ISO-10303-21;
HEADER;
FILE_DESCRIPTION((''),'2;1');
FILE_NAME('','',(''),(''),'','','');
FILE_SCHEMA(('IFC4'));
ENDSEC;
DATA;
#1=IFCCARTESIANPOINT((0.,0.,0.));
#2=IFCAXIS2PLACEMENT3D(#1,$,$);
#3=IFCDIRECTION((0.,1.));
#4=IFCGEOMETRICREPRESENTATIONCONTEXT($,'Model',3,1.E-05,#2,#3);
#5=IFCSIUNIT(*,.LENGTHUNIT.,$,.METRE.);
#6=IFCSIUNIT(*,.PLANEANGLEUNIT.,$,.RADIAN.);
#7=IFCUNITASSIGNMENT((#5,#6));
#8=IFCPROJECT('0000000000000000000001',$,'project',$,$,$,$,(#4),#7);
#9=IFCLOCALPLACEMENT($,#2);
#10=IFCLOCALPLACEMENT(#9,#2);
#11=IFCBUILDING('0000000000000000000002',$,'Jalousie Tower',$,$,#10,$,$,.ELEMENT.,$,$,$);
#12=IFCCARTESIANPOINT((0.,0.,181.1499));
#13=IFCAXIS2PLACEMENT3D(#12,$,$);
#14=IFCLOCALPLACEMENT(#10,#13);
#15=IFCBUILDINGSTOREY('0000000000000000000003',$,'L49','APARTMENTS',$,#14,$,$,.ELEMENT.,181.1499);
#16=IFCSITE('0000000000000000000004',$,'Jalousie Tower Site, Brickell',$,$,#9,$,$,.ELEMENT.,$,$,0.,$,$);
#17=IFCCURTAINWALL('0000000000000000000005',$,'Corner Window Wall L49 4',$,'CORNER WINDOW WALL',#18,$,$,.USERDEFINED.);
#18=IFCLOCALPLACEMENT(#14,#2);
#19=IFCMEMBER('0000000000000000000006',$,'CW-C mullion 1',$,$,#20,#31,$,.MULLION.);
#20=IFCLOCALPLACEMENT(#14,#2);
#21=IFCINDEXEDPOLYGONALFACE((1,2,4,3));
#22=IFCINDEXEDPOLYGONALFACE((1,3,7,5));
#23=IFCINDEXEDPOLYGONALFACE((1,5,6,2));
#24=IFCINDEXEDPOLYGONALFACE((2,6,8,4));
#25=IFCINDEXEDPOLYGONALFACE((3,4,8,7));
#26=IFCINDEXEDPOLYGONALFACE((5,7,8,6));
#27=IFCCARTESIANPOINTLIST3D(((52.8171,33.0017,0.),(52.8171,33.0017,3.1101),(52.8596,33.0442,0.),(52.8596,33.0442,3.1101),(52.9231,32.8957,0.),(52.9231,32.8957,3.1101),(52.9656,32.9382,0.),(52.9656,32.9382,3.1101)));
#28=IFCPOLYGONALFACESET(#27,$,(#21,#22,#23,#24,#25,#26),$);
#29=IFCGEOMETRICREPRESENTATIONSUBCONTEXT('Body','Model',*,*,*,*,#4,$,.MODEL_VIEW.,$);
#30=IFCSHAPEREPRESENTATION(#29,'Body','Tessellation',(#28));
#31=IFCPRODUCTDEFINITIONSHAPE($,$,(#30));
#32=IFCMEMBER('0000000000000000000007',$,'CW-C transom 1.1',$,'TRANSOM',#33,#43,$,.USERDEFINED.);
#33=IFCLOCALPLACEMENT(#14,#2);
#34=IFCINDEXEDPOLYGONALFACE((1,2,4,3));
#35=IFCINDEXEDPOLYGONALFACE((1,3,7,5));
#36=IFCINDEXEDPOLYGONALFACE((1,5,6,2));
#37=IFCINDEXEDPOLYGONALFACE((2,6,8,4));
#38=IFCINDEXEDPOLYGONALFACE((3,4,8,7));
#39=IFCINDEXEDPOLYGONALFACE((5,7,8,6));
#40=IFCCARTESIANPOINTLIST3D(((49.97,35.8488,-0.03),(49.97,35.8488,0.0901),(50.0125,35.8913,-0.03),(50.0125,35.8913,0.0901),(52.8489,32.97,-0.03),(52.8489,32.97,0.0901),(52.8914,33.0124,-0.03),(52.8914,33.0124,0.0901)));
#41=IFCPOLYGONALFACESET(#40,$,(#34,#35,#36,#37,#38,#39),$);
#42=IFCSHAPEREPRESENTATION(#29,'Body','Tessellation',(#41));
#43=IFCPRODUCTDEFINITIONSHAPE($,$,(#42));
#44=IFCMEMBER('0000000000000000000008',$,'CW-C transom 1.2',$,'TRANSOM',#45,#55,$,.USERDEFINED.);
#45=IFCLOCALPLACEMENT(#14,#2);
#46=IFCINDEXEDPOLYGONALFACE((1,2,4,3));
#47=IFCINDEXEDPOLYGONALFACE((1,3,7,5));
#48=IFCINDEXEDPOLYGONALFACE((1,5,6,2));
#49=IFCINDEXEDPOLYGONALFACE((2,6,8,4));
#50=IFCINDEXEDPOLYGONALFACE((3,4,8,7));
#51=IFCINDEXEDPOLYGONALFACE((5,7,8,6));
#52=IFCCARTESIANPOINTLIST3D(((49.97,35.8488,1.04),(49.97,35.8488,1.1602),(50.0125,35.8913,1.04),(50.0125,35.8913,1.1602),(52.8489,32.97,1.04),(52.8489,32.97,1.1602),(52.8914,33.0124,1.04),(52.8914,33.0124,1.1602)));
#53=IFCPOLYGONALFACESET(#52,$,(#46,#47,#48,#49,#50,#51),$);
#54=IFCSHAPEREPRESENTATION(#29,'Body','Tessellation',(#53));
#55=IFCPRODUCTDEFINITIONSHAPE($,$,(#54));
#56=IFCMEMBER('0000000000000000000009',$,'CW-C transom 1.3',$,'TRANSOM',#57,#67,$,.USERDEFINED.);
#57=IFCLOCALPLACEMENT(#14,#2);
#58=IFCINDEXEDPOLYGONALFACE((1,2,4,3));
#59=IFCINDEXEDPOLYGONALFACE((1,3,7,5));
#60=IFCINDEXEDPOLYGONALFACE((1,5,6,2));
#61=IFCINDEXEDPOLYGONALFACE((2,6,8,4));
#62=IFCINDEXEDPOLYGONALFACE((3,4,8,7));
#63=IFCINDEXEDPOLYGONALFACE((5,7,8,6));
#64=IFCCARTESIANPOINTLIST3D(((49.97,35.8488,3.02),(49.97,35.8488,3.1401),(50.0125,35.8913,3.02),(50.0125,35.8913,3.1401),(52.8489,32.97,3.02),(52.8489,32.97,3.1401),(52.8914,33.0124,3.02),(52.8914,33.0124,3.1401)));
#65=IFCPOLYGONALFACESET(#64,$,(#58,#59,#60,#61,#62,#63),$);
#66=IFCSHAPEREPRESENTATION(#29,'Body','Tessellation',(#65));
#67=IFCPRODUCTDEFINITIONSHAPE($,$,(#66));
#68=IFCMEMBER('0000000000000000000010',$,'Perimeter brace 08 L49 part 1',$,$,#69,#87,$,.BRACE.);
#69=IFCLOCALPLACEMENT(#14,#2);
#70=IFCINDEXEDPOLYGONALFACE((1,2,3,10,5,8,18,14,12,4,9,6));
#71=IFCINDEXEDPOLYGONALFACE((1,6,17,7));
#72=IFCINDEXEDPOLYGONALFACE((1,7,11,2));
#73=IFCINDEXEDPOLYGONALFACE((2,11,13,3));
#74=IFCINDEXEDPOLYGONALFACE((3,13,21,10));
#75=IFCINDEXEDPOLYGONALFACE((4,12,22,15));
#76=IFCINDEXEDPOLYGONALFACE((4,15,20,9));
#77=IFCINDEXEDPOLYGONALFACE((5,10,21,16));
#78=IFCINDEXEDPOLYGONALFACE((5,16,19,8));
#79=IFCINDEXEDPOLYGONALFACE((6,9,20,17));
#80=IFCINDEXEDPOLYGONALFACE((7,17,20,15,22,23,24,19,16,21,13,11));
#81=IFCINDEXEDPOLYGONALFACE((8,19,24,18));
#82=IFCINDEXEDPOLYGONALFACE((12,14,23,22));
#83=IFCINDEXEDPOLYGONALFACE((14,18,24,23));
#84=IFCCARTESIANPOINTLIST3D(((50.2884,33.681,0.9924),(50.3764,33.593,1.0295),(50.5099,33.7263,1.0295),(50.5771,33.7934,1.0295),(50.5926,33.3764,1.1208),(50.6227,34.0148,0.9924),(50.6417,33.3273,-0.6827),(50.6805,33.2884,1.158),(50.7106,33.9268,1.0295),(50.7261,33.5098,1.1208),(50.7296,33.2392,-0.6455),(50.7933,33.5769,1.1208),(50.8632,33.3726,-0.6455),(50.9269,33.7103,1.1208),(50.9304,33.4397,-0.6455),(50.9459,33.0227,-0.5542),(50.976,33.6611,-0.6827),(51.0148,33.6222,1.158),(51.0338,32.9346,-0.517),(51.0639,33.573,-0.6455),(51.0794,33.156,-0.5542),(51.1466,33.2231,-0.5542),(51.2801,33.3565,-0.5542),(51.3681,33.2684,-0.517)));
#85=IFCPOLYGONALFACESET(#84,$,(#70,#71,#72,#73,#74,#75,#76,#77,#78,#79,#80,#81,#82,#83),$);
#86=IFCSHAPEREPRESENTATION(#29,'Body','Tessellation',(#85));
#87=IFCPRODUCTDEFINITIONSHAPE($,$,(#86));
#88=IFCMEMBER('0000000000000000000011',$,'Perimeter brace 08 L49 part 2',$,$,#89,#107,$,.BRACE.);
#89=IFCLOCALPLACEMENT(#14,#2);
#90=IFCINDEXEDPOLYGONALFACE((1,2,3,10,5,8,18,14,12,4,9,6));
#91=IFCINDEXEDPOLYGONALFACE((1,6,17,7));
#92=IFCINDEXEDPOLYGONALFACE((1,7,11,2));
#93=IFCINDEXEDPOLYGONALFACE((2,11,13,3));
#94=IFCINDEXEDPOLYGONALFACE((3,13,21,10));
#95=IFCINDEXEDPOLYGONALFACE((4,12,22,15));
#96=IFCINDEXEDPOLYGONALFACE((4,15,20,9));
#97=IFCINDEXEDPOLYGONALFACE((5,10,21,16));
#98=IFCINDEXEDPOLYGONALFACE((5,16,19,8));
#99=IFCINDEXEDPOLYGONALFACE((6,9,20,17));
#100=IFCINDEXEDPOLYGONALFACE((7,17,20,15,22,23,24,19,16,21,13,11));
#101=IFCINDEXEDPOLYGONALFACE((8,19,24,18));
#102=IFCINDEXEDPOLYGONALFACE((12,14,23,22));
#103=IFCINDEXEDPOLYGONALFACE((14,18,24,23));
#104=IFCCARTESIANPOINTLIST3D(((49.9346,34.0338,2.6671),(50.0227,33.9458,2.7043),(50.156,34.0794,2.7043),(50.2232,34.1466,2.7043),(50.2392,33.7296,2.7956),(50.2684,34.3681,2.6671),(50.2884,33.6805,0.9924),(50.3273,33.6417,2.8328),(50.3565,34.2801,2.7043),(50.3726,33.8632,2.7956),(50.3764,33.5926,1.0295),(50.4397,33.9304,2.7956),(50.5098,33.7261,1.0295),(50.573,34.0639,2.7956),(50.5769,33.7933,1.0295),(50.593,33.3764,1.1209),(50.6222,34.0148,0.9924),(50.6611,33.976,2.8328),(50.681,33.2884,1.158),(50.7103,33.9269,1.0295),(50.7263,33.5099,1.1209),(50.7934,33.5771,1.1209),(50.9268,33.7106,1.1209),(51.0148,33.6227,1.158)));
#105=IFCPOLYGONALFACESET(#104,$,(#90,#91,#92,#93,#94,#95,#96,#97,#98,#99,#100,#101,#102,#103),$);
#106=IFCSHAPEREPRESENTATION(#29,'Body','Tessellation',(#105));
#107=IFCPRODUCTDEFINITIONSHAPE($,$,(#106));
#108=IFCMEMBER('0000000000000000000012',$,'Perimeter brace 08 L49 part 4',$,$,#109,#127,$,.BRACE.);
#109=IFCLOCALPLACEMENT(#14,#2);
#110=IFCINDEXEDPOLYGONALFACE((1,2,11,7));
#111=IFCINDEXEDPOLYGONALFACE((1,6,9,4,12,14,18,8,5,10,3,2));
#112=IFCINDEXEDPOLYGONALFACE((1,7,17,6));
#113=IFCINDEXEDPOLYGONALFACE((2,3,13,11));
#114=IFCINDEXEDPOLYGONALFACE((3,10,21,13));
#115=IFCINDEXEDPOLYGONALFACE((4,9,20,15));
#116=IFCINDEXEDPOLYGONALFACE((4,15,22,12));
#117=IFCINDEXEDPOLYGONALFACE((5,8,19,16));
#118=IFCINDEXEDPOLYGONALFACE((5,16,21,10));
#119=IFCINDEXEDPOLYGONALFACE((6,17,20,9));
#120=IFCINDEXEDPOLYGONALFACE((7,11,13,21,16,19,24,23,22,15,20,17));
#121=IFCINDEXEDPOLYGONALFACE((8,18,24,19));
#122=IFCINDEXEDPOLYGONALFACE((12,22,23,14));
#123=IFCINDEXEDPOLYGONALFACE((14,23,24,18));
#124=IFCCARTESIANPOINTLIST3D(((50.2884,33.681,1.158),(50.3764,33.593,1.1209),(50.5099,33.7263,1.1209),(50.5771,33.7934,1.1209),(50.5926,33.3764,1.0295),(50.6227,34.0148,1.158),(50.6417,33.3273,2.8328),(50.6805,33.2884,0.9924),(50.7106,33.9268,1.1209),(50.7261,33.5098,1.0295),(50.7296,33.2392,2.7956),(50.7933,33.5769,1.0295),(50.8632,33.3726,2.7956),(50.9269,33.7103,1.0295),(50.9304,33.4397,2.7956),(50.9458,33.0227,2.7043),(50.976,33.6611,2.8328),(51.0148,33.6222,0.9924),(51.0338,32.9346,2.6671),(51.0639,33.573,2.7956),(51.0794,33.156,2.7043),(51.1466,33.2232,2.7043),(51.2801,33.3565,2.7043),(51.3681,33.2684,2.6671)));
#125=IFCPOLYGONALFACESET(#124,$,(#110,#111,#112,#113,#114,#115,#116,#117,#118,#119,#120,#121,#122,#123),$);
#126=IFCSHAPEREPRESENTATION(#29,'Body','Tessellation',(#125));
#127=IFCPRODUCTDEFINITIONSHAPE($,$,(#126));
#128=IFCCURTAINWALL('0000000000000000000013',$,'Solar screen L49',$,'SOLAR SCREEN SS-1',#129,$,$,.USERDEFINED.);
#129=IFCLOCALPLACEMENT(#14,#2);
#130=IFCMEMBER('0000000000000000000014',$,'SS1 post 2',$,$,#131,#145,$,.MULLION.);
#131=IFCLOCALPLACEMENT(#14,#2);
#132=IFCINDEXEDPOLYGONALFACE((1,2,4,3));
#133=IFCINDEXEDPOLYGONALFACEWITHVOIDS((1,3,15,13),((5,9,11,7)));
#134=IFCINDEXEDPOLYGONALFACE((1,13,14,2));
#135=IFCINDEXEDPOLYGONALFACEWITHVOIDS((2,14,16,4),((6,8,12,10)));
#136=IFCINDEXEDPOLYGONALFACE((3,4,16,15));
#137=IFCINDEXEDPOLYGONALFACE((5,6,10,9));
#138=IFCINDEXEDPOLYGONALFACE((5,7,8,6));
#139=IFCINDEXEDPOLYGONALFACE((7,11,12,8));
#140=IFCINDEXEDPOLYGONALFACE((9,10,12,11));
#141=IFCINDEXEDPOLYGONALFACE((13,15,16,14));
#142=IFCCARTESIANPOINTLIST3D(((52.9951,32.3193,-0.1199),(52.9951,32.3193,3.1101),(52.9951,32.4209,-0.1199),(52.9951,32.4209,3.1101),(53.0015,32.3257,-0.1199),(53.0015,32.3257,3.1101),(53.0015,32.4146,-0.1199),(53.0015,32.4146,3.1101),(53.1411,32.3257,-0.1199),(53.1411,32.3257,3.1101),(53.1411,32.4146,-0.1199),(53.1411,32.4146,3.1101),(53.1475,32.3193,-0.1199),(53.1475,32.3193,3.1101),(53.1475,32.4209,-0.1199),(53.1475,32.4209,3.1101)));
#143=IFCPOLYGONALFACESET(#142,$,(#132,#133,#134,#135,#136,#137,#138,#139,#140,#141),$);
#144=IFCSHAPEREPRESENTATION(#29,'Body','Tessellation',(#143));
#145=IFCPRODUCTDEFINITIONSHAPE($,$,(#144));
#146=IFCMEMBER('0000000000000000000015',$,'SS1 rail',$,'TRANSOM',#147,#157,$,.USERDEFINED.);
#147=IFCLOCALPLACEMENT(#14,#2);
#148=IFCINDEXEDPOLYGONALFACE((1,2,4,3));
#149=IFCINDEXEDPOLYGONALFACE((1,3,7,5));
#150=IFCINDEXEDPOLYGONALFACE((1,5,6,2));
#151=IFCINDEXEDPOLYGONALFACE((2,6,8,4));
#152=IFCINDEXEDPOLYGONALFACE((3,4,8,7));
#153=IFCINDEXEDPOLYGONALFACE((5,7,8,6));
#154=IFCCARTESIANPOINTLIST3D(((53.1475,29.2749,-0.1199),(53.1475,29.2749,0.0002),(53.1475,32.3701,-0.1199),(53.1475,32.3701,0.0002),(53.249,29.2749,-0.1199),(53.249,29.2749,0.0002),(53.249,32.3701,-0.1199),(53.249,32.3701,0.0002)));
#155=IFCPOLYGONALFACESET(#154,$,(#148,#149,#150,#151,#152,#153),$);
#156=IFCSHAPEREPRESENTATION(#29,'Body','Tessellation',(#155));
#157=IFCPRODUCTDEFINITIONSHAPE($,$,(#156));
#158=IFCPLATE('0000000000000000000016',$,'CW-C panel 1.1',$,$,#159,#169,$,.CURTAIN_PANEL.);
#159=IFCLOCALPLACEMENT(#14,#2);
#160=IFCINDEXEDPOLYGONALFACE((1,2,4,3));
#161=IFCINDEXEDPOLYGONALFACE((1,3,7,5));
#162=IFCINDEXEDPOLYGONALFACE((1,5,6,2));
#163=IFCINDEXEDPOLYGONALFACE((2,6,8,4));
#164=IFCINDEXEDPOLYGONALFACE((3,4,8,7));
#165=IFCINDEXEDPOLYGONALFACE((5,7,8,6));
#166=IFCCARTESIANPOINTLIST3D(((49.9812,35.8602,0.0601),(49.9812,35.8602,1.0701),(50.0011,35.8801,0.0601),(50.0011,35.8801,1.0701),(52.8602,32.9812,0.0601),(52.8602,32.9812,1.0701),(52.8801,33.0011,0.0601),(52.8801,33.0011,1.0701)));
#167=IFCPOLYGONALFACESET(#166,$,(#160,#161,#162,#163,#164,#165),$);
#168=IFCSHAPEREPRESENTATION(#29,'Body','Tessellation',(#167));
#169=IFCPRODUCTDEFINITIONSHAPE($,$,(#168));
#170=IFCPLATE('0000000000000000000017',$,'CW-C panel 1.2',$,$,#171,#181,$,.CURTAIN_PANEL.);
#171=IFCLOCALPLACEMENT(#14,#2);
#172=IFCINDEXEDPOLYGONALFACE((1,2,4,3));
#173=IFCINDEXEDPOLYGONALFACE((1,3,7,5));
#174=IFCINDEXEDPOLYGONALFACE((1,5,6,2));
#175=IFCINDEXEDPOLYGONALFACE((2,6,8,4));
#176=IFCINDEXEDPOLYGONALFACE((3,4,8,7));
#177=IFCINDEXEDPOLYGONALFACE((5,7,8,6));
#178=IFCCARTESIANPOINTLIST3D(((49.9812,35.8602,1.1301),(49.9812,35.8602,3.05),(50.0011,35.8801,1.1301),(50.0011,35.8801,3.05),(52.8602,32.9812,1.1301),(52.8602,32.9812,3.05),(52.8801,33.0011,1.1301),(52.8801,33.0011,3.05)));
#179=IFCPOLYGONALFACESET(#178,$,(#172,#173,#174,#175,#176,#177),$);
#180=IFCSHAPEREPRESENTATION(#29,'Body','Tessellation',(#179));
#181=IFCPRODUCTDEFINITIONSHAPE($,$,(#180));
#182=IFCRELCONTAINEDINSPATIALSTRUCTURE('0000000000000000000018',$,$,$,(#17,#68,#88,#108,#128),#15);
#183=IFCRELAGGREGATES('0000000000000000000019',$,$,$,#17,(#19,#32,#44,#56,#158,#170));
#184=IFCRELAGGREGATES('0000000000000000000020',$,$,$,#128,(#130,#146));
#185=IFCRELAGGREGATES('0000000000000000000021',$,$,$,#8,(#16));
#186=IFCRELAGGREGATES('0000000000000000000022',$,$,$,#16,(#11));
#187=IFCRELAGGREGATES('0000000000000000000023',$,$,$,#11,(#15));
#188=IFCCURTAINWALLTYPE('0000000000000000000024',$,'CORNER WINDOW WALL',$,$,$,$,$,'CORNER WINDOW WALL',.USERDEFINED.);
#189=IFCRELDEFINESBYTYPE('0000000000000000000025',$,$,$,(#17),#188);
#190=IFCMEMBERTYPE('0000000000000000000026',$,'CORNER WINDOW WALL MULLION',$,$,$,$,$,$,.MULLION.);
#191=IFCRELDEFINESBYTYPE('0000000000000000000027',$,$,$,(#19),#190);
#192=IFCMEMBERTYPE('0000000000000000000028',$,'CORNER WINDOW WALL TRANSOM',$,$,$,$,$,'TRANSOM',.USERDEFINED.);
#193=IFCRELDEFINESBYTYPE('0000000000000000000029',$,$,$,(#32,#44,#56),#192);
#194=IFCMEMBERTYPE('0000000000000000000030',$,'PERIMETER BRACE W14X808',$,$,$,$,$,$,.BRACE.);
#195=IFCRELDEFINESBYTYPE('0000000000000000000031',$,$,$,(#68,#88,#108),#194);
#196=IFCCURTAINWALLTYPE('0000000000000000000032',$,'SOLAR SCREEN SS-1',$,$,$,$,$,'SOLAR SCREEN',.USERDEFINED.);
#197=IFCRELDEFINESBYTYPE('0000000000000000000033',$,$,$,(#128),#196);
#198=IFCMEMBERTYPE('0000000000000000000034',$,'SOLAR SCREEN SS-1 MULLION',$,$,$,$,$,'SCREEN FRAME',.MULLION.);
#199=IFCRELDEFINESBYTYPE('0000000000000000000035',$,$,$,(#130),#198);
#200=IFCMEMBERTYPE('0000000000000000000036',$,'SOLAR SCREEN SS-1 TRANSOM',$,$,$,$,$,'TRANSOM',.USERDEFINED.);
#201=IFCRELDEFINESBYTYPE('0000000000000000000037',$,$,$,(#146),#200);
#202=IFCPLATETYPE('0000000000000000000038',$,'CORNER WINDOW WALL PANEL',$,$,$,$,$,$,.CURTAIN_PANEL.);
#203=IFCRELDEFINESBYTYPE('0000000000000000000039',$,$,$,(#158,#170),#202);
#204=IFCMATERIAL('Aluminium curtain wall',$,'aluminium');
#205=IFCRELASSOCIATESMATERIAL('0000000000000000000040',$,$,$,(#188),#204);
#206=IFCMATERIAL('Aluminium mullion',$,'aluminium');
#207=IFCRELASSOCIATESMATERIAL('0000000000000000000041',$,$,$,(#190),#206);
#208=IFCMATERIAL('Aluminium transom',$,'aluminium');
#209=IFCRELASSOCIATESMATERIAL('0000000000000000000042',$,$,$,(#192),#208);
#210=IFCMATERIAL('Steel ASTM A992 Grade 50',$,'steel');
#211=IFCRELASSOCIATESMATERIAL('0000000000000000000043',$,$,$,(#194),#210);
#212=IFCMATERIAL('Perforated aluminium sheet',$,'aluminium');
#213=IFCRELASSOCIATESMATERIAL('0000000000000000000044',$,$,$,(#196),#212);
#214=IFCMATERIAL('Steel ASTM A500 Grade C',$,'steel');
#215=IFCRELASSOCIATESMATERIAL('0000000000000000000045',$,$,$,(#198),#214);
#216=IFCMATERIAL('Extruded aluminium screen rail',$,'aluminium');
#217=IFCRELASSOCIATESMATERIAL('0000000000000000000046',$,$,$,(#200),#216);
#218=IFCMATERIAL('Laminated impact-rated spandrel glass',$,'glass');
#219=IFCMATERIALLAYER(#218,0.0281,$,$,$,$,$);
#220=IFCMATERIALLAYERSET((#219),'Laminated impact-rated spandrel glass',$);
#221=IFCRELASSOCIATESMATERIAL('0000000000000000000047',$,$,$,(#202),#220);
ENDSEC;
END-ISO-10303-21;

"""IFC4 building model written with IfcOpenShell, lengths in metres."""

from ifc_helpers import new_model, si_unit, direction, frame, origin, origin_2d, place, context, subcontext, project, spatial, rectangle, hollow_rectangle, i_section, extrude, material, layer, layer_set, material_profile, profile_set, type_object, element, aggregate, save


model = new_model("IFC4")

# Units and contexts
model_context = context("Model", 3, precision=1e-05, world=origin(), true_north=direction((0.0, 1.0)))
body_context = subcontext(model_context, "Body", "Model", "MODEL_VIEW")
ifc_project = project(units=[si_unit("LENGTHUNIT", "METRE"), si_unit("PLANEANGLEUNIT", "RADIAN")], contexts=[model_context])

# Site, building, storey
site_placement = place(None, origin())
site = spatial("IfcSite", under=ifc_project, at=site_placement, Name="Jalousie Tower Site, Brickell", CompositionType="ELEMENT", RefElevation=0.0)
building_placement = place(site_placement, origin())
building = spatial("IfcBuilding", under=site, at=building_placement, Name="Jalousie Tower", CompositionType="ELEMENT")
storey_placement = place(building_placement, frame((0.0, 0.0, 181.1499)))
storey = spatial("IfcBuildingStorey", under=building, at=storey_placement, Name="L49", Description="APARTMENTS", CompositionType="ELEMENT", Elevation=181.1499)

# Curtain wall, members
ifc_material_1 = material(Name="Aluminium curtain wall", Category="aluminium")
curtain_wall_type_1 = type_object("IfcCurtainWallType", Name="CORNER WINDOW WALL", ElementType="CORNER WINDOW WALL", PredefinedType="USERDEFINED", material=ifc_material_1)
curtain_wall_1_placement = place(storey_placement, origin())
curtain_wall_1 = element("IfcCurtainWall", 1, at=curtain_wall_1_placement, inside=storey, type_object=curtain_wall_type_1, Name="Corner Window Wall L49 4", ObjectType="CORNER WINDOW WALL", PredefinedType="USERDEFINED")
ifc_material_2 = material(Name="Aluminium mullion", Category="aluminium")
ifc_material_profile_1 = material_profile(ifc_material_2, rectangle(XDim=0.0601, YDim=0.1499, at=origin_2d()), Name="MULLION 60x150")
ifc_profile_set_1 = profile_set([ifc_material_profile_1], Name="Aluminium mullion")
member_type_1 = type_object("IfcMemberType", Name="CORNER WINDOW WALL MULLION", PredefinedType="MULLION", material=ifc_profile_set_1)
member_1_placement = place(storey_placement, frame((52.8914, 32.97, 0.0), z_axis=(0.0, 0.0, 1.0), x_axis=(-0.707107, -0.707107, 0.0)))
member_1 = element("IfcMember", 2, at=member_1_placement, type_object=member_type_1, Name="CW-C mullion 1", PredefinedType="MULLION", context=body_context, shape_type="SweptSolid", body=[
    extrude(rectangle(XDim=0.0601, YDim=0.1499, at=origin_2d()), origin(), (0.0, 0.0, 1.0), 3.1101),
])
ifc_material_3 = material(Name="Aluminium transom", Category="aluminium")
ifc_material_profile_2 = material_profile(ifc_material_3, rectangle(XDim=0.0601, YDim=0.1201, at=origin_2d()), Name="TRANSOM 60x120")
ifc_profile_set_2 = profile_set([ifc_material_profile_2], Name="Aluminium transom")
member_type_2 = type_object("IfcMemberType", Name="CORNER WINDOW WALL TRANSOM", ElementType="TRANSOM", PredefinedType="USERDEFINED", material=ifc_profile_set_2)
member_2_placement = place(storey_placement, frame((52.8701, 32.9912, 0.03), z_axis=(-0.707107, 0.707107, 0.0), x_axis=(-0.707107, -0.707107, 0.0)))
member_2 = element("IfcMember", 3, at=member_2_placement, type_object=member_type_2, Name="CW-C transom 1.1", ObjectType="TRANSOM", PredefinedType="USERDEFINED", context=body_context, shape_type="SweptSolid", body=[
    extrude(rectangle(XDim=0.0601, YDim=0.1201, at=origin_2d()), origin(), (0.0, 0.0, 1.0), 4.0713),
])
member_3_placement = place(storey_placement, frame((52.8701, 32.9912, 1.1001), z_axis=(-0.707107, 0.707107, 0.0), x_axis=(-0.707107, -0.707107, 0.0)))
member_3 = element("IfcMember", 4, at=member_3_placement, type_object=member_type_2, Name="CW-C transom 1.2", ObjectType="TRANSOM", PredefinedType="USERDEFINED", context=body_context, shape_type="SweptSolid", body=[
    extrude(rectangle(XDim=0.0601, YDim=0.1201, at=origin_2d()), origin(), (0.0, 0.0, 1.0), 4.0713),
])
member_4_placement = place(storey_placement, frame((52.8701, 32.9912, 3.0801), z_axis=(-0.707107, 0.707107, 0.0), x_axis=(-0.707107, -0.707107, 0.0)))
member_4 = element("IfcMember", 5, at=member_4_placement, type_object=member_type_2, Name="CW-C transom 1.3", ObjectType="TRANSOM", PredefinedType="USERDEFINED", context=body_context, shape_type="SweptSolid", body=[
    extrude(rectangle(XDim=0.0601, YDim=0.1201, at=origin_2d()), origin(), (0.0, 0.0, 1.0), 4.0713),
])

# Members
ifc_material_4 = material(Name="Steel ASTM A992 Grade 50", Category="steel")
ifc_material_profile_3 = material_profile(ifc_material_4, i_section(OverallWidth=0.4724, OverallDepth=0.5791, WebThickness=0.095, FlangeThickness=0.1299, at=origin_2d()), Name="W14X808")
ifc_profile_set_3 = profile_set([ifc_material_profile_3], Name="Steel ASTM A992 Grade 50")
member_type_3 = type_object("IfcMemberType", Name="PERIMETER BRACE W14X808", PredefinedType="BRACE", material=ifc_profile_set_3)
member_5_placement = place(storey_placement, frame((51.0049, 33.2979, -0.5999), z_axis=(-0.202093, 0.202372, 0.95823), x_axis=(-0.707595, -0.706618, 0.0)))
element("IfcMember", 6, at=member_5_placement, inside=storey, type_object=member_type_3, Name="Perimeter brace 08 L49 part 1", PredefinedType="BRACE", context=body_context, shape_type="SweptSolid", body=[
    extrude(i_section(OverallWidth=0.4724, OverallDepth=0.5791, WebThickness=0.095, FlangeThickness=0.1299, at=origin_2d()), origin(), (0.0, 0.0, 1.0), 1.748),
])
for number, where, z_axis, x_axis, name in (
    (7, (50.6516, 33.6516, 1.0752), (-0.202399, 0.20212, 0.958218), (-0.706618, -0.707595, 0.0), "Perimeter brace 08 L49 part 2"),
    (8, (50.6516, 33.6516, 1.0752), (0.20212, -0.202399, 0.958218), (0.707595, 0.706618, 0.0), "Perimeter brace 08 L49 part 4"),
):
    element("IfcMember", number, at=place(storey_placement, frame(where, z_axis=z_axis, x_axis=x_axis)), inside=storey, type_object=member_type_3, Name=name, PredefinedType="BRACE", context=body_context, shape_type="SweptSolid", body=[
        extrude(i_section(OverallWidth=0.4724, OverallDepth=0.5791, WebThickness=0.095, FlangeThickness=0.1299, at=origin_2d()), origin(), (0.0, 0.0, 1.0), 1.7478),
    ])

# Curtain wall, members
ifc_material_5 = material(Name="Perforated aluminium sheet", Category="aluminium")
curtain_wall_type_2 = type_object("IfcCurtainWallType", Name="SOLAR SCREEN SS-1", ElementType="SOLAR SCREEN", PredefinedType="USERDEFINED", material=ifc_material_5)
curtain_wall_2_placement = place(storey_placement, origin())
curtain_wall_2 = element("IfcCurtainWall", 9, at=curtain_wall_2_placement, inside=storey, type_object=curtain_wall_type_2, Name="Solar screen L49", ObjectType="SOLAR SCREEN SS-1", PredefinedType="USERDEFINED")
ifc_material_6 = material(Name="Steel ASTM A500 Grade C", Category="steel")
ifc_material_profile_4 = material_profile(ifc_material_6, hollow_rectangle(XDim=0.1016, YDim=0.1523, WallThickness=0.0063, at=origin_2d()), Name="HSS6X4X1/4")
ifc_profile_set_4 = profile_set([ifc_material_profile_4], Name="Steel ASTM A500 Grade C")
member_type_4 = type_object("IfcMemberType", Name="SOLAR SCREEN SS-1 MULLION", ElementType="SCREEN FRAME", PredefinedType="MULLION", material=ifc_profile_set_4)
member_6_placement = place(storey_placement, frame((53.0713, 32.3701, -0.1199), z_axis=(0.0, 0.0, 1.0), x_axis=(0.0, 1.0, 0.0)))
member_6 = element("IfcMember", 10, at=member_6_placement, type_object=member_type_4, Name="SS1 post 2", PredefinedType="MULLION", context=body_context, shape_type="SweptSolid", body=[
    extrude(hollow_rectangle(XDim=0.1016, YDim=0.1523, WallThickness=0.0063, at=origin_2d()), origin(), (0.0, 0.0, 1.0), 3.23),
])
ifc_material_7 = material(Name="Extruded aluminium screen rail", Category="aluminium")
ifc_material_profile_5 = material_profile(ifc_material_7, rectangle(XDim=0.1016, YDim=0.1201, at=origin_2d()), Name="RAIL 102x120")
ifc_profile_set_5 = profile_set([ifc_material_profile_5], Name="Extruded aluminium screen rail")
member_type_5 = type_object("IfcMemberType", Name="SOLAR SCREEN SS-1 TRANSOM", ElementType="TRANSOM", PredefinedType="USERDEFINED", material=ifc_profile_set_5)
member_7_placement = place(storey_placement, frame((53.1982, 29.2749, -0.0598), z_axis=(0.0, 1.0, 0.0), x_axis=(-1.0, 0.0, 0.0)))
member_7 = element("IfcMember", 11, at=member_7_placement, type_object=member_type_5, Name="SS1 rail", ObjectType="TRANSOM", PredefinedType="USERDEFINED", context=body_context, shape_type="SweptSolid", body=[
    extrude(rectangle(XDim=0.1016, YDim=0.1201, at=origin_2d()), origin(), (0.0, 0.0, 1.0), 3.0952),
])

# Plates
ifc_material_8 = material(Name="Laminated impact-rated spandrel glass", Category="glass")
ifc_layer_1 = layer(ifc_material_8, 0.0281)
ifc_layer_set_1 = layer_set([ifc_layer_1], Name="Laminated impact-rated spandrel glass")
plate_type_1 = type_object("IfcPlateType", Name="CORNER WINDOW WALL PANEL", PredefinedType="CURTAIN_PANEL", material=ifc_layer_set_1)
plate_1_placement = place(storey_placement, frame((51.4307, 34.4307, 0.0601), z_axis=(0.0, 0.0, 1.0), x_axis=(-0.707107, 0.707107, 0.0)))
plate_1 = element("IfcPlate", 12, at=plate_1_placement, type_object=plate_type_1, Name="CW-C panel 1.1", PredefinedType="CURTAIN_PANEL", context=body_context, shape_type="SweptSolid", body=[
    extrude(rectangle(XDim=4.0715, YDim=0.0281, at=origin_2d()), origin(), (0.0, 0.0, 1.0), 1.01),
])
plate_2_placement = place(storey_placement, frame((51.4307, 34.4307, 1.1301), z_axis=(0.0, 0.0, 1.0), x_axis=(-0.707107, 0.707107, 0.0)))
plate_2 = element("IfcPlate", 13, at=plate_2_placement, type_object=plate_type_1, Name="CW-C panel 1.2", PredefinedType="CURTAIN_PANEL", context=body_context, shape_type="SweptSolid", body=[
    extrude(rectangle(XDim=4.0715, YDim=0.0281, at=origin_2d()), origin(), (0.0, 0.0, 1.0), 1.9199),
])
aggregate(curtain_wall_1, [member_1, member_2, member_3, member_4, plate_1, plate_2])
aggregate(curtain_wall_2, [member_6, member_7])

save(model, "model.ifc")
